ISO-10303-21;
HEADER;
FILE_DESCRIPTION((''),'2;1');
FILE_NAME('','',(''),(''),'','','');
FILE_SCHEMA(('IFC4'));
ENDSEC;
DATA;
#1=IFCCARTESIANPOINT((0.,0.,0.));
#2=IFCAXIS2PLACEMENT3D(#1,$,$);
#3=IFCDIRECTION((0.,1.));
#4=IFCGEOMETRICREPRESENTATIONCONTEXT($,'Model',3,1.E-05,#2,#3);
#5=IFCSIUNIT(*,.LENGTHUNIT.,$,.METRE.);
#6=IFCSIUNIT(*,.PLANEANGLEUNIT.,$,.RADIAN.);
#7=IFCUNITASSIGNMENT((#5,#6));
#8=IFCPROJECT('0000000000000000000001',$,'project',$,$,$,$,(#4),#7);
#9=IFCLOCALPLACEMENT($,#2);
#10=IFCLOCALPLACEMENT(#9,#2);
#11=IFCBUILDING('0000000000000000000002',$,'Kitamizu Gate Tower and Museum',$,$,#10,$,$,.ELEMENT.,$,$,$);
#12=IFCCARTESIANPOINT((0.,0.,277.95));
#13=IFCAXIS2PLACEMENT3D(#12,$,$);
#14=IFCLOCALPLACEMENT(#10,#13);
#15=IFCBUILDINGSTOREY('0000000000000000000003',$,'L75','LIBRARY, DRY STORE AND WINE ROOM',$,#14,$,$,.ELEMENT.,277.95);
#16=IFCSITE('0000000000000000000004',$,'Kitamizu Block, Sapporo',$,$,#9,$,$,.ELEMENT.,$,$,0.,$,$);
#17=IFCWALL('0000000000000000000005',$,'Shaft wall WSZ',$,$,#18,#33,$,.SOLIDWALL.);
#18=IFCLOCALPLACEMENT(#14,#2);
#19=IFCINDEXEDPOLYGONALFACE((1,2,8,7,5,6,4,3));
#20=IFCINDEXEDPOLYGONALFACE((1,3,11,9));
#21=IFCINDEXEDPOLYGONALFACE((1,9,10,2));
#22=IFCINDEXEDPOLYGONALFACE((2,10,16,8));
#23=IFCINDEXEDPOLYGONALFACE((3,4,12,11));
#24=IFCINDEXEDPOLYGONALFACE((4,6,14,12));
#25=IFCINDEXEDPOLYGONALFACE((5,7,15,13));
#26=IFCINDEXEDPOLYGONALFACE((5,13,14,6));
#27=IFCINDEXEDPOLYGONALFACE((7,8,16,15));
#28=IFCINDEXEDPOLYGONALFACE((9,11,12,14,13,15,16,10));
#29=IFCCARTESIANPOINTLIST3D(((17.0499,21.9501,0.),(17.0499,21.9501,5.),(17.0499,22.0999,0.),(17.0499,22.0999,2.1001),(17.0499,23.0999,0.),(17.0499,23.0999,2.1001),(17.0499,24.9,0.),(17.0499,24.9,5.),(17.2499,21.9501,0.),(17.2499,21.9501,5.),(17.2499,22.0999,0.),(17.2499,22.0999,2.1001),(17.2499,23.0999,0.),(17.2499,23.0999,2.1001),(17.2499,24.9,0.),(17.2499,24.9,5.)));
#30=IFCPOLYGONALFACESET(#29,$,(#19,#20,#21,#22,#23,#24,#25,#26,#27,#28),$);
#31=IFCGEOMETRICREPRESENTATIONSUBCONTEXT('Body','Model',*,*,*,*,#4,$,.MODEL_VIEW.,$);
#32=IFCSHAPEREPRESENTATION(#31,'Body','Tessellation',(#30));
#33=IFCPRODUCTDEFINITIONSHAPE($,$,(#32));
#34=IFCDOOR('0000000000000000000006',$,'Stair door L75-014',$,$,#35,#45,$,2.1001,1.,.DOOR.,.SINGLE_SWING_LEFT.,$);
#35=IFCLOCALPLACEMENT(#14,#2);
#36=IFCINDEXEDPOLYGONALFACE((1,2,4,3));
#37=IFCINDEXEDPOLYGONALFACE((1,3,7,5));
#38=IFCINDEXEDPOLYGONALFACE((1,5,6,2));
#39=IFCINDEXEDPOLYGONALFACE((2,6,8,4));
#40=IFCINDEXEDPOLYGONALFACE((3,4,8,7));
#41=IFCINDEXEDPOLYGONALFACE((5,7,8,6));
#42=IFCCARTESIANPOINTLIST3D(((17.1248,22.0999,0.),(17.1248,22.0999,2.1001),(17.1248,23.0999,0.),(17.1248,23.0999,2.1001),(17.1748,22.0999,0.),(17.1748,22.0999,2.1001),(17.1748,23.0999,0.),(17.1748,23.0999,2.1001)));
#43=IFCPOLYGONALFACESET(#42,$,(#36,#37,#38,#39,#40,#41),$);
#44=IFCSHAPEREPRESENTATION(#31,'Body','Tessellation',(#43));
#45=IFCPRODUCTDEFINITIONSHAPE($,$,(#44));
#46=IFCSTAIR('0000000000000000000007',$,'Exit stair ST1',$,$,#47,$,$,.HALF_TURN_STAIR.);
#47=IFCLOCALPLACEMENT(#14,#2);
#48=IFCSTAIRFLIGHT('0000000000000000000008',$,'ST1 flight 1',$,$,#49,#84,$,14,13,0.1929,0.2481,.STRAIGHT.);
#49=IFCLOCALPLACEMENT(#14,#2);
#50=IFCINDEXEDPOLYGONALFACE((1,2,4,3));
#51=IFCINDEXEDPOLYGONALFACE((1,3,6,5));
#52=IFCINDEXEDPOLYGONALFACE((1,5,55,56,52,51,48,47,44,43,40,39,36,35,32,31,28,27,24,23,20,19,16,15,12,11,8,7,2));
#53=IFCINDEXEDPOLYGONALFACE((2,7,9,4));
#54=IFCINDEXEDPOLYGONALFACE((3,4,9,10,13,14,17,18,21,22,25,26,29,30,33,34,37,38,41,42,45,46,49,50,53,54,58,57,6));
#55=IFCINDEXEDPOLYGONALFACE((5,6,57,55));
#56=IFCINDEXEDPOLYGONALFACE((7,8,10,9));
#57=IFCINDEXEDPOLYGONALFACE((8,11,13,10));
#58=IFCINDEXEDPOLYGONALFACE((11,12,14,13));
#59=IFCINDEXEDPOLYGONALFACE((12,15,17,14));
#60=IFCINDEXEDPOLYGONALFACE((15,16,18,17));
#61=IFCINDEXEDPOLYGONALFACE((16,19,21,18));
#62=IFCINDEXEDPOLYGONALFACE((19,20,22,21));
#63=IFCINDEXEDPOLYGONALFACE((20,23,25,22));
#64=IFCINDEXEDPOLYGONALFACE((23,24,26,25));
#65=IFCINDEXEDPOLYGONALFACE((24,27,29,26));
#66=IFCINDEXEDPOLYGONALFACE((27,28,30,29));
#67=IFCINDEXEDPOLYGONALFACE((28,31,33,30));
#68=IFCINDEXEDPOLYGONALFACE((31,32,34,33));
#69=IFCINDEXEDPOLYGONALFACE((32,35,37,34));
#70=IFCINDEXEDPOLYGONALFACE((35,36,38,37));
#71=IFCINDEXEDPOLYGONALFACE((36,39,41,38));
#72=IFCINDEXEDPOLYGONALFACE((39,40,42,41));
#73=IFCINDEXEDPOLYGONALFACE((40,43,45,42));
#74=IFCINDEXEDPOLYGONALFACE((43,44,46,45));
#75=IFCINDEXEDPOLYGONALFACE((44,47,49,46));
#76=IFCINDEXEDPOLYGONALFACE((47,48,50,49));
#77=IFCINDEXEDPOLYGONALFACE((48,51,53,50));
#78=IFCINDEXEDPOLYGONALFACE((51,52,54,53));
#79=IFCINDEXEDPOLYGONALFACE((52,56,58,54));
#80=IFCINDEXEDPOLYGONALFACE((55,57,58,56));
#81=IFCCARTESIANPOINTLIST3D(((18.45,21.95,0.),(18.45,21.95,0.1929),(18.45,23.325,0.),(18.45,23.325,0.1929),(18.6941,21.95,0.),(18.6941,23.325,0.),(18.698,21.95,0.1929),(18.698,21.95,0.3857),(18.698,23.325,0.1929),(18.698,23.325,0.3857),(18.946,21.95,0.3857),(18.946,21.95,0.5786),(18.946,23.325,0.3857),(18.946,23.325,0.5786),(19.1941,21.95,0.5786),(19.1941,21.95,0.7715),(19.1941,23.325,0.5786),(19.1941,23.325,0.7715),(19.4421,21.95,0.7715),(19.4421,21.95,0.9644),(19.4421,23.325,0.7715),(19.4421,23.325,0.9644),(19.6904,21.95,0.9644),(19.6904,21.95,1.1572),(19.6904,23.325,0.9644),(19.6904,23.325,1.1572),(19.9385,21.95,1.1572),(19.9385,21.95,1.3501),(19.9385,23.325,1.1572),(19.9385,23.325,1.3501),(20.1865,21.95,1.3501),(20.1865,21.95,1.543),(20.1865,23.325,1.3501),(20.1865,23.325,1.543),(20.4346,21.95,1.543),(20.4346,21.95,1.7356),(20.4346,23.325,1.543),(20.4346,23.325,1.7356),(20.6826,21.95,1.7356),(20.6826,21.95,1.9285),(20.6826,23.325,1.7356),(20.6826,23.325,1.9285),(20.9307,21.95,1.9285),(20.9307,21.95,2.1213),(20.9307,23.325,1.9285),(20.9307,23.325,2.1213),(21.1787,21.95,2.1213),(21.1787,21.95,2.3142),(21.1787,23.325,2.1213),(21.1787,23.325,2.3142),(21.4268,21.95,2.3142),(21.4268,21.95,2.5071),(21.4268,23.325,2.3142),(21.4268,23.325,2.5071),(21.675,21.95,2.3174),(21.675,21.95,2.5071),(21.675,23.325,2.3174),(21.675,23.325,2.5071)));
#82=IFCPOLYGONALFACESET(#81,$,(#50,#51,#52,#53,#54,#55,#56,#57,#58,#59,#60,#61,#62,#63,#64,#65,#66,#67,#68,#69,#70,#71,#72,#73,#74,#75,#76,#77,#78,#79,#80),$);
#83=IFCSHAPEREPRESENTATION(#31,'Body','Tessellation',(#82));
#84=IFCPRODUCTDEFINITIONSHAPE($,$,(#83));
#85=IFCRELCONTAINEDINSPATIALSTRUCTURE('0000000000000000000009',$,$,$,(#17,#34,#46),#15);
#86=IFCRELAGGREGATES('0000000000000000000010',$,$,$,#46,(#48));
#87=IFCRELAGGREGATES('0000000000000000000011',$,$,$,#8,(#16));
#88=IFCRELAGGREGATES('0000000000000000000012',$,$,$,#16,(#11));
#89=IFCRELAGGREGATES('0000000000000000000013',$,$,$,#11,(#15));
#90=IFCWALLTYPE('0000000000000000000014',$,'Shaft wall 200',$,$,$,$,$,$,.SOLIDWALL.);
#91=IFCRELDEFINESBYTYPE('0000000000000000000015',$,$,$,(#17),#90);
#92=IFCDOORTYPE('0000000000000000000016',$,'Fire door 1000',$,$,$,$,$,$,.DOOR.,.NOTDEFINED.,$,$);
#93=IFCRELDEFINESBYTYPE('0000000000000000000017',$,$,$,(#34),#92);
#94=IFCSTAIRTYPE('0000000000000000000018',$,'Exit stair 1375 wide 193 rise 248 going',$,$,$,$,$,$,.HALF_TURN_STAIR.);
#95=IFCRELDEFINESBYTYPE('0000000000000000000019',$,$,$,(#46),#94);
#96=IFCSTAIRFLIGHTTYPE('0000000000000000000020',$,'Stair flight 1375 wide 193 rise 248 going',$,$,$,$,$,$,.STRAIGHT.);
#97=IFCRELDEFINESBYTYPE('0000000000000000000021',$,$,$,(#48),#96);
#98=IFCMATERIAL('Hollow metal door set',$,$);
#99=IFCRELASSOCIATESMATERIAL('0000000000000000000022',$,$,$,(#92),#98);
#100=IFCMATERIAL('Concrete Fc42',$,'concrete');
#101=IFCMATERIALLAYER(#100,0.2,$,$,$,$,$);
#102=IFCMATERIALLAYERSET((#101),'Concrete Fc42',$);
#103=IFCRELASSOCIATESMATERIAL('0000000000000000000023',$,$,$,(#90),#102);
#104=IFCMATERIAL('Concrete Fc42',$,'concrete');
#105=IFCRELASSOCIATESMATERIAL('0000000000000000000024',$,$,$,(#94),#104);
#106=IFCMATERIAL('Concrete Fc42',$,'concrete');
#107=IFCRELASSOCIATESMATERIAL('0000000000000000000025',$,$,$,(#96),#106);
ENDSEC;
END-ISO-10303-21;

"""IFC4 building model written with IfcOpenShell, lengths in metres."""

from ifc_helpers import new_model, si_unit, direction, frame, frame_2d, origin, place, context, subcontext, project, spatial, polyline, rectangle, outline, extrude, material, layer, layer_set, type_object, element, fill, aggregate, save


model = new_model("IFC4")

# Units and contexts
model_context = context("Model", 3, precision=1e-05, world=origin(), true_north=direction((0.0, 1.0)))
body_context = subcontext(model_context, "Body", "Model", "MODEL_VIEW")
ifc_project = project(units=[si_unit("LENGTHUNIT", "METRE"), si_unit("PLANEANGLEUNIT", "RADIAN")], contexts=[model_context])

# Site, building, storey
site_placement = place(None, origin())
site = spatial("IfcSite", under=ifc_project, at=site_placement, Name="Kitamizu Block, Sapporo", CompositionType="ELEMENT", RefElevation=0.0)
building_placement = place(site_placement, origin())
building = spatial("IfcBuilding", under=site, at=building_placement, Name="Kitamizu Gate Tower and Museum", CompositionType="ELEMENT")
storey_placement = place(building_placement, frame((0.0, 0.0, 277.95)))
storey = spatial("IfcBuildingStorey", under=building, at=storey_placement, Name="L75", Description="LIBRARY, DRY STORE AND WINE ROOM", CompositionType="ELEMENT", Elevation=277.95)

# Shared definitions
ifc_material_1 = material(Name="Hollow metal door set")
door_type_1 = type_object("IfcDoorType", Name="Fire door 1000", OperationType="NOTDEFINED", PredefinedType="DOOR", material=ifc_material_1)

# Shared definitions
ifc_material_2 = material(Name="Concrete Fc42", Category="concrete")
ifc_layer_1 = layer(ifc_material_2, 0.2)
ifc_layer_set_1 = layer_set([ifc_layer_1], Name="Concrete Fc42")
wall_type_1 = type_object("IfcWallType", Name="Shaft wall 200", PredefinedType="SOLIDWALL", material=ifc_layer_set_1)

# Wall, opening, door
wall_1_placement = place(storey_placement, frame((17.1499, 21.95, 0.0), z_axis=(0.0, 0.0, 1.0), x_axis=(0.0, 1.0, 0.0)))
wall_1 = element("IfcWall", 1, at=wall_1_placement, inside=storey, type_object=wall_type_1, Name="Shaft wall WSZ", PredefinedType="SOLIDWALL", context=body_context, shape_type="SweptSolid", body=[
    extrude(rectangle(XDim=2.95, YDim=0.2, at=frame_2d((1.4751, 0.0))), origin(), (0.0, 0.0, 1.0), 5.0),
])
opening_1_placement = place(wall_1_placement, frame((0.1499, 0.0, 0.0)))
opening_1 = element("IfcOpeningElement", 2, at=opening_1_placement, cuts=wall_1, PredefinedType="OPENING", context=body_context, shape_type="SweptSolid", body=[
    extrude(rectangle(XDim=1.0, YDim=2.1001, at=frame_2d((0.5, 1.05))), frame((0.0, 0.1099, 0.0), z_axis=(0.0, -1.0, 0.0), x_axis=(1.0, 0.0, 0.0)), (0.0, 0.0, 1.0), 0.22),
])
door_1_placement = place(opening_1_placement, frame((1.0, 0.0, 0.0), x_axis=(-1.0, 0.0, 0.0)))
door_1 = element("IfcDoor", 3, at=door_1_placement, inside=storey, type_object=door_type_1, Name="Stair door L75-014", OperationType="SINGLE_SWING_LEFT", OverallHeight=2.1001, OverallWidth=1.0, PredefinedType="DOOR", context=body_context, shape_type="SweptSolid", body=[
    extrude(rectangle(XDim=1.0, YDim=2.1001, at=frame_2d((0.5, 1.05))), frame((0.0, 0.0249, 0.0), z_axis=(0.0, -1.0, 0.0), x_axis=(1.0, 0.0, 0.0)), (0.0, 0.0, 1.0), 0.05),
])
fill(opening_1, door_1)

# Stair, stair flight
ifc_material_3 = material(Name="Concrete Fc42", Category="concrete")
stair_type = type_object("IfcStairType", Name="Exit stair 1375 wide 193 rise 248 going", PredefinedType="HALF_TURN_STAIR", material=ifc_material_3)
stair_placement = place(storey_placement, origin())
stair = element("IfcStair", 4, at=stair_placement, inside=storey, type_object=stair_type, Name="Exit stair ST1", PredefinedType="HALF_TURN_STAIR")
ifc_material_4 = material(Name="Concrete Fc42", Category="concrete")
stair_flight_type = type_object("IfcStairFlightType", Name="Stair flight 1375 wide 193 rise 248 going", PredefinedType="STRAIGHT", material=ifc_material_4)
stair_flight_placement = place(storey_placement, frame((18.45, 22.6375, 0.0), z_axis=(0.0, 0.0, 1.0), x_axis=(1.0, 0.0, 0.0)))
stair_flight = element("IfcStairFlight", 5, at=stair_flight_placement, type_object=stair_flight_type, Name="ST1 flight 1", NumberOfRisers=14, NumberOfTreads=13, PredefinedType="STRAIGHT", RiserHeight=0.1929, TreadLength=0.2481, context=body_context, shape_type="SweptSolid", body=[
    extrude(outline(polyline([(0.0, 0.0), (0.0, 0.1929), (0.248, 0.1929), (0.248, 0.3857), (0.4961, 0.3857), (0.4961, 0.5786), (0.7441, 0.5786), (0.7441, 0.7715), (0.9922, 0.7715), (0.9922, 0.9644), (1.2405, 0.9644), (1.2405, 1.1572), (1.4885, 1.1572), (1.4885, 1.3501), (1.7366, 1.3501), (1.7366, 1.543), (1.9846, 1.543), (1.9846, 1.7356), (2.2327, 1.7356), (2.2327, 1.9285), (2.4807, 1.9285), (2.4807, 2.1213), (2.7288, 2.1213), (2.7288, 2.3142), (2.9768, 2.3142), (2.9768, 2.5071), (3.2251, 2.5071), (3.2251, 2.7), (3.2251, 2.3174), (0.2441, 0.0), (0.0, 0.0)])), frame((0.0, 0.6875, 0.0), z_axis=(0.0, -1.0, 0.0), x_axis=(1.0, 0.0, 0.0)), (0.0, 0.0, 1.0), 1.375),
])
aggregate(stair, [stair_flight])

save(model, "model.ifc")
